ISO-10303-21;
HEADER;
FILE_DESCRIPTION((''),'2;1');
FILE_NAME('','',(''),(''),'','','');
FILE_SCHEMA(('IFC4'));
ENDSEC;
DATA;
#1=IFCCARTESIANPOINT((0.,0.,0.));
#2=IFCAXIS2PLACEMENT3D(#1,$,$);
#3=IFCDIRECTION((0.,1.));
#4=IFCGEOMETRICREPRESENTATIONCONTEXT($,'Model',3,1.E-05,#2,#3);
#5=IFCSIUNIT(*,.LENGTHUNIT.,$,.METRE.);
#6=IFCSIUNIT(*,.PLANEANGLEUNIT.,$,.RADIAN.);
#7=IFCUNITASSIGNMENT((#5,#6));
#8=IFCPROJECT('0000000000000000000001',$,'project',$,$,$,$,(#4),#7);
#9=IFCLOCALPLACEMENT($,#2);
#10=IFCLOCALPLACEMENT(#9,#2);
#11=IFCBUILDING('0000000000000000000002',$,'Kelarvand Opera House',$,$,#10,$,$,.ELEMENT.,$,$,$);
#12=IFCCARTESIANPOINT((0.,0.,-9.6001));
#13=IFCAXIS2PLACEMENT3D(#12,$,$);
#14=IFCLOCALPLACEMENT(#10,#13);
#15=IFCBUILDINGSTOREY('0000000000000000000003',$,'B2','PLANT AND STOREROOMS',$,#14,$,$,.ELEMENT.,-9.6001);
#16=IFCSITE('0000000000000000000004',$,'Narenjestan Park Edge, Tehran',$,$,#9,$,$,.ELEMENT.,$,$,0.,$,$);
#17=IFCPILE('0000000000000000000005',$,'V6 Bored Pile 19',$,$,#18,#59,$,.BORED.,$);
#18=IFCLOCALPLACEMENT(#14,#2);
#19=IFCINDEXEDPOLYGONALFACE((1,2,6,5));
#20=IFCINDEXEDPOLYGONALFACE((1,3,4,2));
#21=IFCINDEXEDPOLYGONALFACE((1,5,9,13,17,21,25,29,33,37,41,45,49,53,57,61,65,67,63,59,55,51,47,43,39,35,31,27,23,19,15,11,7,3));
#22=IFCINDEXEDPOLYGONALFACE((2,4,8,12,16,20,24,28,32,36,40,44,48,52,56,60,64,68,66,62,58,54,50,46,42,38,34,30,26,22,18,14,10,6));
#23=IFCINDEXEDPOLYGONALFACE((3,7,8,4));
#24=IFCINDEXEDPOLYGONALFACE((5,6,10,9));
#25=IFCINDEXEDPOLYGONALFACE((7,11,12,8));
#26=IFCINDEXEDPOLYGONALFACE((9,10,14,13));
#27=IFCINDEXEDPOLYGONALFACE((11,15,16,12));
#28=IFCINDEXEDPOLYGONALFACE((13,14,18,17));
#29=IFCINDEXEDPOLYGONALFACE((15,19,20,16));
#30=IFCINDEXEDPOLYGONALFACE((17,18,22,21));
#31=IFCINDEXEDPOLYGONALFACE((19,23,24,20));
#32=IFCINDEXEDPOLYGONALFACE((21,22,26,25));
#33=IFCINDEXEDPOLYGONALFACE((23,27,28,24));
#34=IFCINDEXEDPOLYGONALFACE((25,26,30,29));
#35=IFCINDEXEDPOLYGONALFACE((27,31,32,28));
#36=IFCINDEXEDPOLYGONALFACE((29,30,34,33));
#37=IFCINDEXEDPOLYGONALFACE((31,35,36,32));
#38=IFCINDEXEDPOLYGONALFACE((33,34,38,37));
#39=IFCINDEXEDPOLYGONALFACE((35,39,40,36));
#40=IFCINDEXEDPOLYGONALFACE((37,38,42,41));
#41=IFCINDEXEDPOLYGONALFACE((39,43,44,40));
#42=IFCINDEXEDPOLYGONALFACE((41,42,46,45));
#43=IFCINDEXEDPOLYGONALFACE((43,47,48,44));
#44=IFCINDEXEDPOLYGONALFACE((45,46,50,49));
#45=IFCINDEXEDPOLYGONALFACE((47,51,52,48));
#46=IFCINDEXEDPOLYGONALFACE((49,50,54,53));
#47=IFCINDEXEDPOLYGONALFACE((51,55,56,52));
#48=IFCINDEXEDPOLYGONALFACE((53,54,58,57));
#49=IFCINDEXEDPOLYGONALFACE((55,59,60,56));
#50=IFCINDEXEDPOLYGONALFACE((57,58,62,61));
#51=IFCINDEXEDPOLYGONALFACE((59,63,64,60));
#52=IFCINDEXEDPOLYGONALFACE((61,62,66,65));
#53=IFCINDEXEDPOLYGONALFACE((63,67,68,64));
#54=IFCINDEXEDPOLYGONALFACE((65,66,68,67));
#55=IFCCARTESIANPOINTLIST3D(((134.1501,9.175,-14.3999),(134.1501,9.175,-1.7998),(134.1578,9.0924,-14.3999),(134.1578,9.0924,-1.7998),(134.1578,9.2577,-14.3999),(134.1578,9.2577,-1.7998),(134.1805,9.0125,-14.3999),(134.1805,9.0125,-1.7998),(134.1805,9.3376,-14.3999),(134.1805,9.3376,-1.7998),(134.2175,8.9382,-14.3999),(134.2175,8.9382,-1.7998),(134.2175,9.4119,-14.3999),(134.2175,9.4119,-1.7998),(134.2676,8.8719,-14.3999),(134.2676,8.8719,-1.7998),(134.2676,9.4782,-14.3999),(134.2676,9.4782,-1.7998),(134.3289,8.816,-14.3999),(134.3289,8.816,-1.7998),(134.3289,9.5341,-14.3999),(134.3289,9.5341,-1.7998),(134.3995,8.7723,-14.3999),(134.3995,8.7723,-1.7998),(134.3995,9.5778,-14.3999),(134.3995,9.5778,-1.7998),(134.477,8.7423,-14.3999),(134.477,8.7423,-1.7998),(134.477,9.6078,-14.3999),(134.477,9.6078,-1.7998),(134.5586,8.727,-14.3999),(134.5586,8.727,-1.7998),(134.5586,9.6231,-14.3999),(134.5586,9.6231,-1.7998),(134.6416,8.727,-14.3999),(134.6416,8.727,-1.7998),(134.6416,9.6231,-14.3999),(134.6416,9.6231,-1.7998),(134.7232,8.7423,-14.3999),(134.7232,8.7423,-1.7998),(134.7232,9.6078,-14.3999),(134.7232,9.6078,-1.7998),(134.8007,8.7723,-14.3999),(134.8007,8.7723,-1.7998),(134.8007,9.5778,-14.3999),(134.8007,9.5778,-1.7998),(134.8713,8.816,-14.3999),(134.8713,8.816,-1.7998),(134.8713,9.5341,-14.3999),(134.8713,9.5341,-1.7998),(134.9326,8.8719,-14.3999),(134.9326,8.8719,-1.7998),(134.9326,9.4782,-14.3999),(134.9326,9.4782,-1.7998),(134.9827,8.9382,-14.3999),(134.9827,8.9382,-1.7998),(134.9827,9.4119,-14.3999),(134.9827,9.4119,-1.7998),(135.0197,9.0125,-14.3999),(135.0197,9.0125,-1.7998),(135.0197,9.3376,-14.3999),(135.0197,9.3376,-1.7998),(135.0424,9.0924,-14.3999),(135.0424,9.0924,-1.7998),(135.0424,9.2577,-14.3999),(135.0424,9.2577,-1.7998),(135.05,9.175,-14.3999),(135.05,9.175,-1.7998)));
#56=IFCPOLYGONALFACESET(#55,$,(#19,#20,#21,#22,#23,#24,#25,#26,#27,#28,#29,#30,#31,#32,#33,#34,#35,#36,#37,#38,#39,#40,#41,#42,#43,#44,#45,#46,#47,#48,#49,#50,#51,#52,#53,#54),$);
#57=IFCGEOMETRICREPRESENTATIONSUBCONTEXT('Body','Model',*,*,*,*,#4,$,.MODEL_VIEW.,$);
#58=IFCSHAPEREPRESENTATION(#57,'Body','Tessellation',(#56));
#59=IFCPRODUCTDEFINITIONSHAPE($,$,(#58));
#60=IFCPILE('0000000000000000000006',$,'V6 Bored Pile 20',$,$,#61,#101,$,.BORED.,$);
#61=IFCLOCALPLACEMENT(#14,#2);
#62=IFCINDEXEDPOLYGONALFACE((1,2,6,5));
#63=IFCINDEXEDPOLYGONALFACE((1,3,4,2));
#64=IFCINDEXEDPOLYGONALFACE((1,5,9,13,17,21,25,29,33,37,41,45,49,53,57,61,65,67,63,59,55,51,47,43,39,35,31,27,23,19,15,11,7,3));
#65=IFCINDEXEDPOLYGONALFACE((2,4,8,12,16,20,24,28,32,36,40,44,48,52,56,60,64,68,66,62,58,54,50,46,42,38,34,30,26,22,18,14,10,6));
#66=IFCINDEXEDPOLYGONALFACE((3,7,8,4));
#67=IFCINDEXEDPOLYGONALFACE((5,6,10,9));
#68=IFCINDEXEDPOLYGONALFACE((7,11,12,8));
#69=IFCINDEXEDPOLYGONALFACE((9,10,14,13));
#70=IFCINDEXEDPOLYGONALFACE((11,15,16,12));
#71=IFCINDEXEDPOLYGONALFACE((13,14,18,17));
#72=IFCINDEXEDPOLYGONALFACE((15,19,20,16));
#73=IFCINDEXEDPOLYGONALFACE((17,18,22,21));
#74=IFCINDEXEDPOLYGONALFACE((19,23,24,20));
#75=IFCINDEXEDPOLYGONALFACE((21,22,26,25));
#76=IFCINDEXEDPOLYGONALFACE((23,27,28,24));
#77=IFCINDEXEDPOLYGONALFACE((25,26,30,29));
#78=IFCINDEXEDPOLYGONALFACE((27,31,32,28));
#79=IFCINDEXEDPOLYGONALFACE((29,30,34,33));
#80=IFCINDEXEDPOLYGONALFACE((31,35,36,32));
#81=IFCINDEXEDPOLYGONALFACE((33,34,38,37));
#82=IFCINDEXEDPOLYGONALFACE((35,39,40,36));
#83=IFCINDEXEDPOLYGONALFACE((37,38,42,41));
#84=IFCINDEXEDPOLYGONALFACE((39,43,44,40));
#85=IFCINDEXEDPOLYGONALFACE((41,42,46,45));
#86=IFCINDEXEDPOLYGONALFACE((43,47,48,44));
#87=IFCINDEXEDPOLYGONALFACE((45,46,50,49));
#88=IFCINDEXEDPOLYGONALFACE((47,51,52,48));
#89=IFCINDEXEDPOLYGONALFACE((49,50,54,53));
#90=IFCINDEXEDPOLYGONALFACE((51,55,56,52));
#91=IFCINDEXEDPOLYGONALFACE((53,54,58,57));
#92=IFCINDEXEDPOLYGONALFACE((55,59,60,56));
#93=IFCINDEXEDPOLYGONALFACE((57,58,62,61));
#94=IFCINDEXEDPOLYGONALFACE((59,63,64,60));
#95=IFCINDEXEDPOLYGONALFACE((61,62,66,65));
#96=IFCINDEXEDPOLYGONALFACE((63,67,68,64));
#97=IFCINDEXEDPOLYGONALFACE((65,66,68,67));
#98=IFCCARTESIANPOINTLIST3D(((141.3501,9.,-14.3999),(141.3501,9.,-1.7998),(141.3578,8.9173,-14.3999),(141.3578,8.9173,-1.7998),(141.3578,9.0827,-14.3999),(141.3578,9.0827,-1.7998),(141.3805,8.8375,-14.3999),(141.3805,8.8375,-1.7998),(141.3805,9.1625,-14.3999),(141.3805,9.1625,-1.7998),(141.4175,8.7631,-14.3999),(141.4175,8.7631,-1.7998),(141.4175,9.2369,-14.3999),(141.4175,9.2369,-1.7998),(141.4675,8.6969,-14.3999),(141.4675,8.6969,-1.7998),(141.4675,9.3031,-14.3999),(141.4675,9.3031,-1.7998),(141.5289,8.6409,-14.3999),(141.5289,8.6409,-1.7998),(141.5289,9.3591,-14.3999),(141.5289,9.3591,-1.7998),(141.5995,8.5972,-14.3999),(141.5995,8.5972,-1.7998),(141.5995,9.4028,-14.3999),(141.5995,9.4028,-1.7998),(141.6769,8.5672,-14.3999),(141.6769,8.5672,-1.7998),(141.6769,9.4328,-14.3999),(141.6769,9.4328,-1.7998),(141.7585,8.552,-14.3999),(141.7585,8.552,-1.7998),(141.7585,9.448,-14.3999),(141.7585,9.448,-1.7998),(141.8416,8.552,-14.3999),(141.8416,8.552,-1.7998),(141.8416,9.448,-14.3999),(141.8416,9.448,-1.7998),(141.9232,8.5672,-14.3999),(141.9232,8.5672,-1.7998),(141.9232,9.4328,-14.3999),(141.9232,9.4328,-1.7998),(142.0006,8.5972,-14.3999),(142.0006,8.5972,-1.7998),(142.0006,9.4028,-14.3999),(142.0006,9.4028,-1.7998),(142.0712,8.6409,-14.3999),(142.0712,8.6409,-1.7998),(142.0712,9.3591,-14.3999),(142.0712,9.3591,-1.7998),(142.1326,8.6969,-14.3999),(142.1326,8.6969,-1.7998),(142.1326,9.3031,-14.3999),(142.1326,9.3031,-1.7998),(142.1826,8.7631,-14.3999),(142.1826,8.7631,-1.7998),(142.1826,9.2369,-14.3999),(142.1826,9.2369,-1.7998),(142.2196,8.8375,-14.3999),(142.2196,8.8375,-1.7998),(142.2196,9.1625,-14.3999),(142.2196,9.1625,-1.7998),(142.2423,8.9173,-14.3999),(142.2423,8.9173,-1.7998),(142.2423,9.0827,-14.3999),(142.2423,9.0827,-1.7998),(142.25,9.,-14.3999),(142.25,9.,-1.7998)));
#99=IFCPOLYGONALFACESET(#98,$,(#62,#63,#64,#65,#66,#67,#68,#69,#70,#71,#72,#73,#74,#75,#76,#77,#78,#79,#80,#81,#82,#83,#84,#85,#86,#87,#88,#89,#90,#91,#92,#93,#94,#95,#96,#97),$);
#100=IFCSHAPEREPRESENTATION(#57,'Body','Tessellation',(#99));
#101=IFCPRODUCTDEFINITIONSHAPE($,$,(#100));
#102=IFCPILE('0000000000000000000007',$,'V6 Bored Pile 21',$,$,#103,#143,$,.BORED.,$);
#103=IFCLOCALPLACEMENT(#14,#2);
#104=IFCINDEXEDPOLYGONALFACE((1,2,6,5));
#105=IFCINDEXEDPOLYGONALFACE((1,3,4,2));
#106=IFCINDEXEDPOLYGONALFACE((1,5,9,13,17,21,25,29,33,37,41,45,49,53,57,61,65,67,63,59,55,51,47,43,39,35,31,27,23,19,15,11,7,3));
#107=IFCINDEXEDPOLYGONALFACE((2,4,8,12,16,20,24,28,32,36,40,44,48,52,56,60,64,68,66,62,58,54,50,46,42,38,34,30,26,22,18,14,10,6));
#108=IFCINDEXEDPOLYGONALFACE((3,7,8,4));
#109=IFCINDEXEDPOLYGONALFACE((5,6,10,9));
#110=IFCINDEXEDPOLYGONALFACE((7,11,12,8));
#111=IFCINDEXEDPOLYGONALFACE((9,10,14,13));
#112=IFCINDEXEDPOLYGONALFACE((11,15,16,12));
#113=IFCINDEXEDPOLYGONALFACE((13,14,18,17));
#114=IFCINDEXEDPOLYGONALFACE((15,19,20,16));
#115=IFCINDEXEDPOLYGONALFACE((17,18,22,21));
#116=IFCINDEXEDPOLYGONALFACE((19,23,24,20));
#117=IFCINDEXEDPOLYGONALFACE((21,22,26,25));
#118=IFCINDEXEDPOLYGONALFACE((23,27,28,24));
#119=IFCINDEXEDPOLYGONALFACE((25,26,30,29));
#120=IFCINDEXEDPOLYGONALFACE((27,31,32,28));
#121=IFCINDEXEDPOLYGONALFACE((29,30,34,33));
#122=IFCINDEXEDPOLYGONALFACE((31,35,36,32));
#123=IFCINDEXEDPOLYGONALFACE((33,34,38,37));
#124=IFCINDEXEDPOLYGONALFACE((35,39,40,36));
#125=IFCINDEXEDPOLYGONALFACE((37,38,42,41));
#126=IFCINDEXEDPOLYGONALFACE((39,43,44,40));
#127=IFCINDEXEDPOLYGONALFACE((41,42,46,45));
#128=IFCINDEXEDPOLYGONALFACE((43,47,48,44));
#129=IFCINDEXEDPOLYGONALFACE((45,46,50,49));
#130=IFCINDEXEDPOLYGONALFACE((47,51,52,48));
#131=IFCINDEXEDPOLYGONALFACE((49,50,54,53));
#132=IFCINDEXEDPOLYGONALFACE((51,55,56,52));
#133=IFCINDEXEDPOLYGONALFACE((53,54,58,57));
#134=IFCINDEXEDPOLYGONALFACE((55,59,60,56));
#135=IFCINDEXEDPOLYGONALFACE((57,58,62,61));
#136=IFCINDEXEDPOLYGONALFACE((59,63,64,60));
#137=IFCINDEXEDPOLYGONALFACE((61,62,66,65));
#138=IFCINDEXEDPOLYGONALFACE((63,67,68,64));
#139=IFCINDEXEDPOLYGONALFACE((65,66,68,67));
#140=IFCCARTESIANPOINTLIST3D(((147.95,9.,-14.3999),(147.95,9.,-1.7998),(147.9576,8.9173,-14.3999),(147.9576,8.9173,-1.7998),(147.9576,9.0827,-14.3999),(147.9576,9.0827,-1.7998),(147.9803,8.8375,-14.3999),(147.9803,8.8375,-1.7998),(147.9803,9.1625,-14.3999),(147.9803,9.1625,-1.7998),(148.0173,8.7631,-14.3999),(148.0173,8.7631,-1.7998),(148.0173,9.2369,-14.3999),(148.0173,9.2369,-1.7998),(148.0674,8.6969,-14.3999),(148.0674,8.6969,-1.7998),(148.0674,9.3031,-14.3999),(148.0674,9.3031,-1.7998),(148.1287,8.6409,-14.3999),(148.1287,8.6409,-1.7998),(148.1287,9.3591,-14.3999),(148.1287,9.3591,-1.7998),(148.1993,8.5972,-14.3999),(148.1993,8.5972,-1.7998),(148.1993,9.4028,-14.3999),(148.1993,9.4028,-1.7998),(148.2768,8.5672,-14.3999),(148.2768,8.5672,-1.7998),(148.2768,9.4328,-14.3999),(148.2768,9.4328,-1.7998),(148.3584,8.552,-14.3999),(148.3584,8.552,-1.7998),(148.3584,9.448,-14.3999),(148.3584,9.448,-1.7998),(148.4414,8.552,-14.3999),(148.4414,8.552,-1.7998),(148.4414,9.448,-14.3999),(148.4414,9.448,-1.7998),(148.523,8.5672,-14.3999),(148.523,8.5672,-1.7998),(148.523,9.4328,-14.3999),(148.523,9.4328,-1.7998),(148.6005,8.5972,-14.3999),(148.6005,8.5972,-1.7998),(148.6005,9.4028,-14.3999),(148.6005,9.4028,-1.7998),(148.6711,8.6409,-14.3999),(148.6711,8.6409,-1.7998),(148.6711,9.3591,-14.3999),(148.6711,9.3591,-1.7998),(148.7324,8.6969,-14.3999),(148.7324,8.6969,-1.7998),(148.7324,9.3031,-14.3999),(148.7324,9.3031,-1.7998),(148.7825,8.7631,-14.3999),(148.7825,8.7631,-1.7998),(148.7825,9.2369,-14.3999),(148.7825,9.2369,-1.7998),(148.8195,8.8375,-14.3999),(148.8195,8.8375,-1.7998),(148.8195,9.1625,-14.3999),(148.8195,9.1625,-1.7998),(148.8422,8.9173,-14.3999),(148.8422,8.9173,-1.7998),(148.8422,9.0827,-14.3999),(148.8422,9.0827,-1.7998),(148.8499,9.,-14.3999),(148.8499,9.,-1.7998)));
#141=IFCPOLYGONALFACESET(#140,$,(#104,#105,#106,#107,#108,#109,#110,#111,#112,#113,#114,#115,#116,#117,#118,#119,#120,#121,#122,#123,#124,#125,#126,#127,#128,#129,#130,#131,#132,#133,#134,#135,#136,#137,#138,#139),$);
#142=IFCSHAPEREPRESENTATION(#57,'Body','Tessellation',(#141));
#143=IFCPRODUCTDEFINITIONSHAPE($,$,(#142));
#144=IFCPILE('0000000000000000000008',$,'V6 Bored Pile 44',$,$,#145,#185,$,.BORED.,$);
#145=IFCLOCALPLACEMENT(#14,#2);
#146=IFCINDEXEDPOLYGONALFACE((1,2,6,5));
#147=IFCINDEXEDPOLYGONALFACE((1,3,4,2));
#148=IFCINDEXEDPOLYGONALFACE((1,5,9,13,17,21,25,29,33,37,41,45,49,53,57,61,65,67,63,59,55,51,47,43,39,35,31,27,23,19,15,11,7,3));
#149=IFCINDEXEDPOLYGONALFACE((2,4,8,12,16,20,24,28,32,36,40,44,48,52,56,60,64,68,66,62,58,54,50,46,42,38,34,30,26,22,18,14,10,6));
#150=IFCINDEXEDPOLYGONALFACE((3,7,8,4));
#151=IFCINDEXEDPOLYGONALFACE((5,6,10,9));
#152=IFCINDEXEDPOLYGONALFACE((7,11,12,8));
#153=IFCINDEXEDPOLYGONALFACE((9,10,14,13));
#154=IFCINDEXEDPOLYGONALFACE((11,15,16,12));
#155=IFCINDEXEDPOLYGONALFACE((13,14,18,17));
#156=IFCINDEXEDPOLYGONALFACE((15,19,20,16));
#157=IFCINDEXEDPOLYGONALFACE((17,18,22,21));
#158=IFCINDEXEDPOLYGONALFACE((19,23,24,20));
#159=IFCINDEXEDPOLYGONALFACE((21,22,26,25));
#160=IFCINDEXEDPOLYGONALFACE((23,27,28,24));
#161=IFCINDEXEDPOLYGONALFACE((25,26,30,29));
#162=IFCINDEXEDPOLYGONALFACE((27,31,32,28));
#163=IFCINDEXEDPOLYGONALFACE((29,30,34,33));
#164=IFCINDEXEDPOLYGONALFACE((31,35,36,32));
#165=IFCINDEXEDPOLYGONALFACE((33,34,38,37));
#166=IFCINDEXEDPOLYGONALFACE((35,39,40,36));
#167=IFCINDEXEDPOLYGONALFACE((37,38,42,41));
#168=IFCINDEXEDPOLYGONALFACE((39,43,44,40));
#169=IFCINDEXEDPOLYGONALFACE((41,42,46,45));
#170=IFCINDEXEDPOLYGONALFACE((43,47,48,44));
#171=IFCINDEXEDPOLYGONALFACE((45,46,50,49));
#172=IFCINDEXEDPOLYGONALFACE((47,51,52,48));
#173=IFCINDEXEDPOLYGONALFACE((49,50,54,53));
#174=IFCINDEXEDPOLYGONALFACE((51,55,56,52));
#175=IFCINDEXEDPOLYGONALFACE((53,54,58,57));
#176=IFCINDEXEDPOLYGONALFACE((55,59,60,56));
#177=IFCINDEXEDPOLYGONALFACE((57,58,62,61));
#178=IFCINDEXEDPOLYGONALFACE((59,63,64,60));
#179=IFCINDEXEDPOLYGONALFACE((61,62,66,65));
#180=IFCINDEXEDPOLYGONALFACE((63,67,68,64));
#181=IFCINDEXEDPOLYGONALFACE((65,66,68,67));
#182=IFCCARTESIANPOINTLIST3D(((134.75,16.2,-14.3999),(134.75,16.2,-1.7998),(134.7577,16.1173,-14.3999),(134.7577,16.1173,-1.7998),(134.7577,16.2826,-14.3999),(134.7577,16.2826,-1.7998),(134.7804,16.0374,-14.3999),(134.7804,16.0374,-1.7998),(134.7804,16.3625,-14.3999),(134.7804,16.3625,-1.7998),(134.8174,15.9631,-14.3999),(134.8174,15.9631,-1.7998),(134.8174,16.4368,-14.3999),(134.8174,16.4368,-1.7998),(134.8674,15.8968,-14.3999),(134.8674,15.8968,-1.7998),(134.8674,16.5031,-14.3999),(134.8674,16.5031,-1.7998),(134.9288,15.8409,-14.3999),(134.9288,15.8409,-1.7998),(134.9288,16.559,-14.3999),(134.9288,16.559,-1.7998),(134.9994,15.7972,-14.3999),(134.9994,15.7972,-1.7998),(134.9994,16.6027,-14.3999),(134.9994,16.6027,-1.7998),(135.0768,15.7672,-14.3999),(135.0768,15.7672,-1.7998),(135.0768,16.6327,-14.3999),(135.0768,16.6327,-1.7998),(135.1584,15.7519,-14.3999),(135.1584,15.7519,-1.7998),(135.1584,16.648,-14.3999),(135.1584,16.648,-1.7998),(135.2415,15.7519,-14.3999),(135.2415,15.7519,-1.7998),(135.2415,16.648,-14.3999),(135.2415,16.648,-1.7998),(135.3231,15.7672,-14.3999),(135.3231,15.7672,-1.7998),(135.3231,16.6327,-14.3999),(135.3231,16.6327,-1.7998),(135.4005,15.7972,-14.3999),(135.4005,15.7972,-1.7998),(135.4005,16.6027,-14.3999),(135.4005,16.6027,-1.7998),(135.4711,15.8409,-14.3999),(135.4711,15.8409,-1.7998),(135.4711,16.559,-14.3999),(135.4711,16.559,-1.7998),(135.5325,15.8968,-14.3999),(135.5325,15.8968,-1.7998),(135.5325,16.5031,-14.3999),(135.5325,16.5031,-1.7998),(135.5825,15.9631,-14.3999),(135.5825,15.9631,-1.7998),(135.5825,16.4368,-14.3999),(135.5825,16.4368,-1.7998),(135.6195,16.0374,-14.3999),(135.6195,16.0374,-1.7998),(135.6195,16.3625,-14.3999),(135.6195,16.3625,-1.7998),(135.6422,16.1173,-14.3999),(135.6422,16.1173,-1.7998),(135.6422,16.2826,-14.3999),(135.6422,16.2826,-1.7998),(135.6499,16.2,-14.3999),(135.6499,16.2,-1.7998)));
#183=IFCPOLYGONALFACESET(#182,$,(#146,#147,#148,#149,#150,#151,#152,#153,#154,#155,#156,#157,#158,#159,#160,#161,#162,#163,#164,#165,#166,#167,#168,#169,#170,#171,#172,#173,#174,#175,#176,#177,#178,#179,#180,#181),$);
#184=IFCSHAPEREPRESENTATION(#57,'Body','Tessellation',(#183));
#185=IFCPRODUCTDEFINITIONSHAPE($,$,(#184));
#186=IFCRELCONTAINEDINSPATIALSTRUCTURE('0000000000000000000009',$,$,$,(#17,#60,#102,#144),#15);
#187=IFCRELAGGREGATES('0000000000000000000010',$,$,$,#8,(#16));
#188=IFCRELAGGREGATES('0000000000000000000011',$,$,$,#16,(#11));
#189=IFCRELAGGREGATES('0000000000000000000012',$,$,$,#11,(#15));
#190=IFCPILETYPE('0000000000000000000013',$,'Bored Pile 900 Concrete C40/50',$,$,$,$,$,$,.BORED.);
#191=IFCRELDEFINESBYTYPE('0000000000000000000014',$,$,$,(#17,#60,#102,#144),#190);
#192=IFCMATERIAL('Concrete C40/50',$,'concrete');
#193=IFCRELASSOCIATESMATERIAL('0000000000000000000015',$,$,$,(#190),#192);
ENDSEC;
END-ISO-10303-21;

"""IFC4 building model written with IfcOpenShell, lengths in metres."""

from ifc_helpers import new_model, si_unit, direction, frame, origin, origin_2d, place, context, subcontext, project, spatial, circle, extrude, material, material_profile, profile_set, type_object, element, save


model = new_model("IFC4")

# Units and contexts
model_context = context("Model", 3, precision=1e-05, world=origin(), true_north=direction((0.0, 1.0)))
body_context = subcontext(model_context, "Body", "Model", "MODEL_VIEW")
ifc_project = project(units=[si_unit("LENGTHUNIT", "METRE"), si_unit("PLANEANGLEUNIT", "RADIAN")], contexts=[model_context])

# Site, building, storey
site_placement = place(None, origin())
site = spatial("IfcSite", under=ifc_project, at=site_placement, Name="Narenjestan Park Edge, Tehran", CompositionType="ELEMENT", RefElevation=0.0)
building_placement = place(site_placement, origin())
building = spatial("IfcBuilding", under=site, at=building_placement, Name="Kelarvand Opera House", CompositionType="ELEMENT")
storey_placement = place(building_placement, frame((0.0, 0.0, -9.6001)))
storey = spatial("IfcBuildingStorey", under=building, at=storey_placement, Name="B2", Description="PLANT AND STOREROOMS", CompositionType="ELEMENT", Elevation=-9.6001)

# Piles
ifc_material_1 = material(Name="Concrete C40/50", Category="concrete")
ifc_material_profile_1 = material_profile(ifc_material_1, circle(Radius=0.45, at=origin_2d()), Name="BP 900", Category="concrete")
ifc_profile_set_1 = profile_set([ifc_material_profile_1], Name="Concrete C40/50")
pile_type = type_object("IfcPileType", Name="Bored Pile 900 Concrete C40/50", PredefinedType="BORED", material=ifc_profile_set_1)
for number, where, z_axis, x_axis, name in (
    (1, (134.6001, 9.175, -1.7998), (0.0, 0.0, -1.0), (1.0, 0.0, 0.0), "V6 Bored Pile 19"),
    (2, (141.8, 9.0, -1.7998), (0.0, 0.0, -1.0), (1.0, 0.0, 0.0), "V6 Bored Pile 20"),
    (3, (148.3999, 9.0, -1.7998), (0.0, 0.0, -1.0), (1.0, 0.0, 0.0), "V6 Bored Pile 21"),
    (4, (135.2, 16.2, -1.7998), (0.0, 0.0, -1.0), (1.0, 0.0, 0.0), "V6 Bored Pile 44"),
):
    element("IfcPile", number, at=place(storey_placement, frame(where, z_axis=z_axis, x_axis=x_axis)), inside=storey, type_object=pile_type, Name=name, PredefinedType="BORED", context=body_context, shape_type="SweptSolid", body=[
        extrude(circle(Radius=0.45, at=origin_2d()), origin(), (0.0, 0.0, 1.0), 12.6001),
    ])

save(model, "model.ifc")
